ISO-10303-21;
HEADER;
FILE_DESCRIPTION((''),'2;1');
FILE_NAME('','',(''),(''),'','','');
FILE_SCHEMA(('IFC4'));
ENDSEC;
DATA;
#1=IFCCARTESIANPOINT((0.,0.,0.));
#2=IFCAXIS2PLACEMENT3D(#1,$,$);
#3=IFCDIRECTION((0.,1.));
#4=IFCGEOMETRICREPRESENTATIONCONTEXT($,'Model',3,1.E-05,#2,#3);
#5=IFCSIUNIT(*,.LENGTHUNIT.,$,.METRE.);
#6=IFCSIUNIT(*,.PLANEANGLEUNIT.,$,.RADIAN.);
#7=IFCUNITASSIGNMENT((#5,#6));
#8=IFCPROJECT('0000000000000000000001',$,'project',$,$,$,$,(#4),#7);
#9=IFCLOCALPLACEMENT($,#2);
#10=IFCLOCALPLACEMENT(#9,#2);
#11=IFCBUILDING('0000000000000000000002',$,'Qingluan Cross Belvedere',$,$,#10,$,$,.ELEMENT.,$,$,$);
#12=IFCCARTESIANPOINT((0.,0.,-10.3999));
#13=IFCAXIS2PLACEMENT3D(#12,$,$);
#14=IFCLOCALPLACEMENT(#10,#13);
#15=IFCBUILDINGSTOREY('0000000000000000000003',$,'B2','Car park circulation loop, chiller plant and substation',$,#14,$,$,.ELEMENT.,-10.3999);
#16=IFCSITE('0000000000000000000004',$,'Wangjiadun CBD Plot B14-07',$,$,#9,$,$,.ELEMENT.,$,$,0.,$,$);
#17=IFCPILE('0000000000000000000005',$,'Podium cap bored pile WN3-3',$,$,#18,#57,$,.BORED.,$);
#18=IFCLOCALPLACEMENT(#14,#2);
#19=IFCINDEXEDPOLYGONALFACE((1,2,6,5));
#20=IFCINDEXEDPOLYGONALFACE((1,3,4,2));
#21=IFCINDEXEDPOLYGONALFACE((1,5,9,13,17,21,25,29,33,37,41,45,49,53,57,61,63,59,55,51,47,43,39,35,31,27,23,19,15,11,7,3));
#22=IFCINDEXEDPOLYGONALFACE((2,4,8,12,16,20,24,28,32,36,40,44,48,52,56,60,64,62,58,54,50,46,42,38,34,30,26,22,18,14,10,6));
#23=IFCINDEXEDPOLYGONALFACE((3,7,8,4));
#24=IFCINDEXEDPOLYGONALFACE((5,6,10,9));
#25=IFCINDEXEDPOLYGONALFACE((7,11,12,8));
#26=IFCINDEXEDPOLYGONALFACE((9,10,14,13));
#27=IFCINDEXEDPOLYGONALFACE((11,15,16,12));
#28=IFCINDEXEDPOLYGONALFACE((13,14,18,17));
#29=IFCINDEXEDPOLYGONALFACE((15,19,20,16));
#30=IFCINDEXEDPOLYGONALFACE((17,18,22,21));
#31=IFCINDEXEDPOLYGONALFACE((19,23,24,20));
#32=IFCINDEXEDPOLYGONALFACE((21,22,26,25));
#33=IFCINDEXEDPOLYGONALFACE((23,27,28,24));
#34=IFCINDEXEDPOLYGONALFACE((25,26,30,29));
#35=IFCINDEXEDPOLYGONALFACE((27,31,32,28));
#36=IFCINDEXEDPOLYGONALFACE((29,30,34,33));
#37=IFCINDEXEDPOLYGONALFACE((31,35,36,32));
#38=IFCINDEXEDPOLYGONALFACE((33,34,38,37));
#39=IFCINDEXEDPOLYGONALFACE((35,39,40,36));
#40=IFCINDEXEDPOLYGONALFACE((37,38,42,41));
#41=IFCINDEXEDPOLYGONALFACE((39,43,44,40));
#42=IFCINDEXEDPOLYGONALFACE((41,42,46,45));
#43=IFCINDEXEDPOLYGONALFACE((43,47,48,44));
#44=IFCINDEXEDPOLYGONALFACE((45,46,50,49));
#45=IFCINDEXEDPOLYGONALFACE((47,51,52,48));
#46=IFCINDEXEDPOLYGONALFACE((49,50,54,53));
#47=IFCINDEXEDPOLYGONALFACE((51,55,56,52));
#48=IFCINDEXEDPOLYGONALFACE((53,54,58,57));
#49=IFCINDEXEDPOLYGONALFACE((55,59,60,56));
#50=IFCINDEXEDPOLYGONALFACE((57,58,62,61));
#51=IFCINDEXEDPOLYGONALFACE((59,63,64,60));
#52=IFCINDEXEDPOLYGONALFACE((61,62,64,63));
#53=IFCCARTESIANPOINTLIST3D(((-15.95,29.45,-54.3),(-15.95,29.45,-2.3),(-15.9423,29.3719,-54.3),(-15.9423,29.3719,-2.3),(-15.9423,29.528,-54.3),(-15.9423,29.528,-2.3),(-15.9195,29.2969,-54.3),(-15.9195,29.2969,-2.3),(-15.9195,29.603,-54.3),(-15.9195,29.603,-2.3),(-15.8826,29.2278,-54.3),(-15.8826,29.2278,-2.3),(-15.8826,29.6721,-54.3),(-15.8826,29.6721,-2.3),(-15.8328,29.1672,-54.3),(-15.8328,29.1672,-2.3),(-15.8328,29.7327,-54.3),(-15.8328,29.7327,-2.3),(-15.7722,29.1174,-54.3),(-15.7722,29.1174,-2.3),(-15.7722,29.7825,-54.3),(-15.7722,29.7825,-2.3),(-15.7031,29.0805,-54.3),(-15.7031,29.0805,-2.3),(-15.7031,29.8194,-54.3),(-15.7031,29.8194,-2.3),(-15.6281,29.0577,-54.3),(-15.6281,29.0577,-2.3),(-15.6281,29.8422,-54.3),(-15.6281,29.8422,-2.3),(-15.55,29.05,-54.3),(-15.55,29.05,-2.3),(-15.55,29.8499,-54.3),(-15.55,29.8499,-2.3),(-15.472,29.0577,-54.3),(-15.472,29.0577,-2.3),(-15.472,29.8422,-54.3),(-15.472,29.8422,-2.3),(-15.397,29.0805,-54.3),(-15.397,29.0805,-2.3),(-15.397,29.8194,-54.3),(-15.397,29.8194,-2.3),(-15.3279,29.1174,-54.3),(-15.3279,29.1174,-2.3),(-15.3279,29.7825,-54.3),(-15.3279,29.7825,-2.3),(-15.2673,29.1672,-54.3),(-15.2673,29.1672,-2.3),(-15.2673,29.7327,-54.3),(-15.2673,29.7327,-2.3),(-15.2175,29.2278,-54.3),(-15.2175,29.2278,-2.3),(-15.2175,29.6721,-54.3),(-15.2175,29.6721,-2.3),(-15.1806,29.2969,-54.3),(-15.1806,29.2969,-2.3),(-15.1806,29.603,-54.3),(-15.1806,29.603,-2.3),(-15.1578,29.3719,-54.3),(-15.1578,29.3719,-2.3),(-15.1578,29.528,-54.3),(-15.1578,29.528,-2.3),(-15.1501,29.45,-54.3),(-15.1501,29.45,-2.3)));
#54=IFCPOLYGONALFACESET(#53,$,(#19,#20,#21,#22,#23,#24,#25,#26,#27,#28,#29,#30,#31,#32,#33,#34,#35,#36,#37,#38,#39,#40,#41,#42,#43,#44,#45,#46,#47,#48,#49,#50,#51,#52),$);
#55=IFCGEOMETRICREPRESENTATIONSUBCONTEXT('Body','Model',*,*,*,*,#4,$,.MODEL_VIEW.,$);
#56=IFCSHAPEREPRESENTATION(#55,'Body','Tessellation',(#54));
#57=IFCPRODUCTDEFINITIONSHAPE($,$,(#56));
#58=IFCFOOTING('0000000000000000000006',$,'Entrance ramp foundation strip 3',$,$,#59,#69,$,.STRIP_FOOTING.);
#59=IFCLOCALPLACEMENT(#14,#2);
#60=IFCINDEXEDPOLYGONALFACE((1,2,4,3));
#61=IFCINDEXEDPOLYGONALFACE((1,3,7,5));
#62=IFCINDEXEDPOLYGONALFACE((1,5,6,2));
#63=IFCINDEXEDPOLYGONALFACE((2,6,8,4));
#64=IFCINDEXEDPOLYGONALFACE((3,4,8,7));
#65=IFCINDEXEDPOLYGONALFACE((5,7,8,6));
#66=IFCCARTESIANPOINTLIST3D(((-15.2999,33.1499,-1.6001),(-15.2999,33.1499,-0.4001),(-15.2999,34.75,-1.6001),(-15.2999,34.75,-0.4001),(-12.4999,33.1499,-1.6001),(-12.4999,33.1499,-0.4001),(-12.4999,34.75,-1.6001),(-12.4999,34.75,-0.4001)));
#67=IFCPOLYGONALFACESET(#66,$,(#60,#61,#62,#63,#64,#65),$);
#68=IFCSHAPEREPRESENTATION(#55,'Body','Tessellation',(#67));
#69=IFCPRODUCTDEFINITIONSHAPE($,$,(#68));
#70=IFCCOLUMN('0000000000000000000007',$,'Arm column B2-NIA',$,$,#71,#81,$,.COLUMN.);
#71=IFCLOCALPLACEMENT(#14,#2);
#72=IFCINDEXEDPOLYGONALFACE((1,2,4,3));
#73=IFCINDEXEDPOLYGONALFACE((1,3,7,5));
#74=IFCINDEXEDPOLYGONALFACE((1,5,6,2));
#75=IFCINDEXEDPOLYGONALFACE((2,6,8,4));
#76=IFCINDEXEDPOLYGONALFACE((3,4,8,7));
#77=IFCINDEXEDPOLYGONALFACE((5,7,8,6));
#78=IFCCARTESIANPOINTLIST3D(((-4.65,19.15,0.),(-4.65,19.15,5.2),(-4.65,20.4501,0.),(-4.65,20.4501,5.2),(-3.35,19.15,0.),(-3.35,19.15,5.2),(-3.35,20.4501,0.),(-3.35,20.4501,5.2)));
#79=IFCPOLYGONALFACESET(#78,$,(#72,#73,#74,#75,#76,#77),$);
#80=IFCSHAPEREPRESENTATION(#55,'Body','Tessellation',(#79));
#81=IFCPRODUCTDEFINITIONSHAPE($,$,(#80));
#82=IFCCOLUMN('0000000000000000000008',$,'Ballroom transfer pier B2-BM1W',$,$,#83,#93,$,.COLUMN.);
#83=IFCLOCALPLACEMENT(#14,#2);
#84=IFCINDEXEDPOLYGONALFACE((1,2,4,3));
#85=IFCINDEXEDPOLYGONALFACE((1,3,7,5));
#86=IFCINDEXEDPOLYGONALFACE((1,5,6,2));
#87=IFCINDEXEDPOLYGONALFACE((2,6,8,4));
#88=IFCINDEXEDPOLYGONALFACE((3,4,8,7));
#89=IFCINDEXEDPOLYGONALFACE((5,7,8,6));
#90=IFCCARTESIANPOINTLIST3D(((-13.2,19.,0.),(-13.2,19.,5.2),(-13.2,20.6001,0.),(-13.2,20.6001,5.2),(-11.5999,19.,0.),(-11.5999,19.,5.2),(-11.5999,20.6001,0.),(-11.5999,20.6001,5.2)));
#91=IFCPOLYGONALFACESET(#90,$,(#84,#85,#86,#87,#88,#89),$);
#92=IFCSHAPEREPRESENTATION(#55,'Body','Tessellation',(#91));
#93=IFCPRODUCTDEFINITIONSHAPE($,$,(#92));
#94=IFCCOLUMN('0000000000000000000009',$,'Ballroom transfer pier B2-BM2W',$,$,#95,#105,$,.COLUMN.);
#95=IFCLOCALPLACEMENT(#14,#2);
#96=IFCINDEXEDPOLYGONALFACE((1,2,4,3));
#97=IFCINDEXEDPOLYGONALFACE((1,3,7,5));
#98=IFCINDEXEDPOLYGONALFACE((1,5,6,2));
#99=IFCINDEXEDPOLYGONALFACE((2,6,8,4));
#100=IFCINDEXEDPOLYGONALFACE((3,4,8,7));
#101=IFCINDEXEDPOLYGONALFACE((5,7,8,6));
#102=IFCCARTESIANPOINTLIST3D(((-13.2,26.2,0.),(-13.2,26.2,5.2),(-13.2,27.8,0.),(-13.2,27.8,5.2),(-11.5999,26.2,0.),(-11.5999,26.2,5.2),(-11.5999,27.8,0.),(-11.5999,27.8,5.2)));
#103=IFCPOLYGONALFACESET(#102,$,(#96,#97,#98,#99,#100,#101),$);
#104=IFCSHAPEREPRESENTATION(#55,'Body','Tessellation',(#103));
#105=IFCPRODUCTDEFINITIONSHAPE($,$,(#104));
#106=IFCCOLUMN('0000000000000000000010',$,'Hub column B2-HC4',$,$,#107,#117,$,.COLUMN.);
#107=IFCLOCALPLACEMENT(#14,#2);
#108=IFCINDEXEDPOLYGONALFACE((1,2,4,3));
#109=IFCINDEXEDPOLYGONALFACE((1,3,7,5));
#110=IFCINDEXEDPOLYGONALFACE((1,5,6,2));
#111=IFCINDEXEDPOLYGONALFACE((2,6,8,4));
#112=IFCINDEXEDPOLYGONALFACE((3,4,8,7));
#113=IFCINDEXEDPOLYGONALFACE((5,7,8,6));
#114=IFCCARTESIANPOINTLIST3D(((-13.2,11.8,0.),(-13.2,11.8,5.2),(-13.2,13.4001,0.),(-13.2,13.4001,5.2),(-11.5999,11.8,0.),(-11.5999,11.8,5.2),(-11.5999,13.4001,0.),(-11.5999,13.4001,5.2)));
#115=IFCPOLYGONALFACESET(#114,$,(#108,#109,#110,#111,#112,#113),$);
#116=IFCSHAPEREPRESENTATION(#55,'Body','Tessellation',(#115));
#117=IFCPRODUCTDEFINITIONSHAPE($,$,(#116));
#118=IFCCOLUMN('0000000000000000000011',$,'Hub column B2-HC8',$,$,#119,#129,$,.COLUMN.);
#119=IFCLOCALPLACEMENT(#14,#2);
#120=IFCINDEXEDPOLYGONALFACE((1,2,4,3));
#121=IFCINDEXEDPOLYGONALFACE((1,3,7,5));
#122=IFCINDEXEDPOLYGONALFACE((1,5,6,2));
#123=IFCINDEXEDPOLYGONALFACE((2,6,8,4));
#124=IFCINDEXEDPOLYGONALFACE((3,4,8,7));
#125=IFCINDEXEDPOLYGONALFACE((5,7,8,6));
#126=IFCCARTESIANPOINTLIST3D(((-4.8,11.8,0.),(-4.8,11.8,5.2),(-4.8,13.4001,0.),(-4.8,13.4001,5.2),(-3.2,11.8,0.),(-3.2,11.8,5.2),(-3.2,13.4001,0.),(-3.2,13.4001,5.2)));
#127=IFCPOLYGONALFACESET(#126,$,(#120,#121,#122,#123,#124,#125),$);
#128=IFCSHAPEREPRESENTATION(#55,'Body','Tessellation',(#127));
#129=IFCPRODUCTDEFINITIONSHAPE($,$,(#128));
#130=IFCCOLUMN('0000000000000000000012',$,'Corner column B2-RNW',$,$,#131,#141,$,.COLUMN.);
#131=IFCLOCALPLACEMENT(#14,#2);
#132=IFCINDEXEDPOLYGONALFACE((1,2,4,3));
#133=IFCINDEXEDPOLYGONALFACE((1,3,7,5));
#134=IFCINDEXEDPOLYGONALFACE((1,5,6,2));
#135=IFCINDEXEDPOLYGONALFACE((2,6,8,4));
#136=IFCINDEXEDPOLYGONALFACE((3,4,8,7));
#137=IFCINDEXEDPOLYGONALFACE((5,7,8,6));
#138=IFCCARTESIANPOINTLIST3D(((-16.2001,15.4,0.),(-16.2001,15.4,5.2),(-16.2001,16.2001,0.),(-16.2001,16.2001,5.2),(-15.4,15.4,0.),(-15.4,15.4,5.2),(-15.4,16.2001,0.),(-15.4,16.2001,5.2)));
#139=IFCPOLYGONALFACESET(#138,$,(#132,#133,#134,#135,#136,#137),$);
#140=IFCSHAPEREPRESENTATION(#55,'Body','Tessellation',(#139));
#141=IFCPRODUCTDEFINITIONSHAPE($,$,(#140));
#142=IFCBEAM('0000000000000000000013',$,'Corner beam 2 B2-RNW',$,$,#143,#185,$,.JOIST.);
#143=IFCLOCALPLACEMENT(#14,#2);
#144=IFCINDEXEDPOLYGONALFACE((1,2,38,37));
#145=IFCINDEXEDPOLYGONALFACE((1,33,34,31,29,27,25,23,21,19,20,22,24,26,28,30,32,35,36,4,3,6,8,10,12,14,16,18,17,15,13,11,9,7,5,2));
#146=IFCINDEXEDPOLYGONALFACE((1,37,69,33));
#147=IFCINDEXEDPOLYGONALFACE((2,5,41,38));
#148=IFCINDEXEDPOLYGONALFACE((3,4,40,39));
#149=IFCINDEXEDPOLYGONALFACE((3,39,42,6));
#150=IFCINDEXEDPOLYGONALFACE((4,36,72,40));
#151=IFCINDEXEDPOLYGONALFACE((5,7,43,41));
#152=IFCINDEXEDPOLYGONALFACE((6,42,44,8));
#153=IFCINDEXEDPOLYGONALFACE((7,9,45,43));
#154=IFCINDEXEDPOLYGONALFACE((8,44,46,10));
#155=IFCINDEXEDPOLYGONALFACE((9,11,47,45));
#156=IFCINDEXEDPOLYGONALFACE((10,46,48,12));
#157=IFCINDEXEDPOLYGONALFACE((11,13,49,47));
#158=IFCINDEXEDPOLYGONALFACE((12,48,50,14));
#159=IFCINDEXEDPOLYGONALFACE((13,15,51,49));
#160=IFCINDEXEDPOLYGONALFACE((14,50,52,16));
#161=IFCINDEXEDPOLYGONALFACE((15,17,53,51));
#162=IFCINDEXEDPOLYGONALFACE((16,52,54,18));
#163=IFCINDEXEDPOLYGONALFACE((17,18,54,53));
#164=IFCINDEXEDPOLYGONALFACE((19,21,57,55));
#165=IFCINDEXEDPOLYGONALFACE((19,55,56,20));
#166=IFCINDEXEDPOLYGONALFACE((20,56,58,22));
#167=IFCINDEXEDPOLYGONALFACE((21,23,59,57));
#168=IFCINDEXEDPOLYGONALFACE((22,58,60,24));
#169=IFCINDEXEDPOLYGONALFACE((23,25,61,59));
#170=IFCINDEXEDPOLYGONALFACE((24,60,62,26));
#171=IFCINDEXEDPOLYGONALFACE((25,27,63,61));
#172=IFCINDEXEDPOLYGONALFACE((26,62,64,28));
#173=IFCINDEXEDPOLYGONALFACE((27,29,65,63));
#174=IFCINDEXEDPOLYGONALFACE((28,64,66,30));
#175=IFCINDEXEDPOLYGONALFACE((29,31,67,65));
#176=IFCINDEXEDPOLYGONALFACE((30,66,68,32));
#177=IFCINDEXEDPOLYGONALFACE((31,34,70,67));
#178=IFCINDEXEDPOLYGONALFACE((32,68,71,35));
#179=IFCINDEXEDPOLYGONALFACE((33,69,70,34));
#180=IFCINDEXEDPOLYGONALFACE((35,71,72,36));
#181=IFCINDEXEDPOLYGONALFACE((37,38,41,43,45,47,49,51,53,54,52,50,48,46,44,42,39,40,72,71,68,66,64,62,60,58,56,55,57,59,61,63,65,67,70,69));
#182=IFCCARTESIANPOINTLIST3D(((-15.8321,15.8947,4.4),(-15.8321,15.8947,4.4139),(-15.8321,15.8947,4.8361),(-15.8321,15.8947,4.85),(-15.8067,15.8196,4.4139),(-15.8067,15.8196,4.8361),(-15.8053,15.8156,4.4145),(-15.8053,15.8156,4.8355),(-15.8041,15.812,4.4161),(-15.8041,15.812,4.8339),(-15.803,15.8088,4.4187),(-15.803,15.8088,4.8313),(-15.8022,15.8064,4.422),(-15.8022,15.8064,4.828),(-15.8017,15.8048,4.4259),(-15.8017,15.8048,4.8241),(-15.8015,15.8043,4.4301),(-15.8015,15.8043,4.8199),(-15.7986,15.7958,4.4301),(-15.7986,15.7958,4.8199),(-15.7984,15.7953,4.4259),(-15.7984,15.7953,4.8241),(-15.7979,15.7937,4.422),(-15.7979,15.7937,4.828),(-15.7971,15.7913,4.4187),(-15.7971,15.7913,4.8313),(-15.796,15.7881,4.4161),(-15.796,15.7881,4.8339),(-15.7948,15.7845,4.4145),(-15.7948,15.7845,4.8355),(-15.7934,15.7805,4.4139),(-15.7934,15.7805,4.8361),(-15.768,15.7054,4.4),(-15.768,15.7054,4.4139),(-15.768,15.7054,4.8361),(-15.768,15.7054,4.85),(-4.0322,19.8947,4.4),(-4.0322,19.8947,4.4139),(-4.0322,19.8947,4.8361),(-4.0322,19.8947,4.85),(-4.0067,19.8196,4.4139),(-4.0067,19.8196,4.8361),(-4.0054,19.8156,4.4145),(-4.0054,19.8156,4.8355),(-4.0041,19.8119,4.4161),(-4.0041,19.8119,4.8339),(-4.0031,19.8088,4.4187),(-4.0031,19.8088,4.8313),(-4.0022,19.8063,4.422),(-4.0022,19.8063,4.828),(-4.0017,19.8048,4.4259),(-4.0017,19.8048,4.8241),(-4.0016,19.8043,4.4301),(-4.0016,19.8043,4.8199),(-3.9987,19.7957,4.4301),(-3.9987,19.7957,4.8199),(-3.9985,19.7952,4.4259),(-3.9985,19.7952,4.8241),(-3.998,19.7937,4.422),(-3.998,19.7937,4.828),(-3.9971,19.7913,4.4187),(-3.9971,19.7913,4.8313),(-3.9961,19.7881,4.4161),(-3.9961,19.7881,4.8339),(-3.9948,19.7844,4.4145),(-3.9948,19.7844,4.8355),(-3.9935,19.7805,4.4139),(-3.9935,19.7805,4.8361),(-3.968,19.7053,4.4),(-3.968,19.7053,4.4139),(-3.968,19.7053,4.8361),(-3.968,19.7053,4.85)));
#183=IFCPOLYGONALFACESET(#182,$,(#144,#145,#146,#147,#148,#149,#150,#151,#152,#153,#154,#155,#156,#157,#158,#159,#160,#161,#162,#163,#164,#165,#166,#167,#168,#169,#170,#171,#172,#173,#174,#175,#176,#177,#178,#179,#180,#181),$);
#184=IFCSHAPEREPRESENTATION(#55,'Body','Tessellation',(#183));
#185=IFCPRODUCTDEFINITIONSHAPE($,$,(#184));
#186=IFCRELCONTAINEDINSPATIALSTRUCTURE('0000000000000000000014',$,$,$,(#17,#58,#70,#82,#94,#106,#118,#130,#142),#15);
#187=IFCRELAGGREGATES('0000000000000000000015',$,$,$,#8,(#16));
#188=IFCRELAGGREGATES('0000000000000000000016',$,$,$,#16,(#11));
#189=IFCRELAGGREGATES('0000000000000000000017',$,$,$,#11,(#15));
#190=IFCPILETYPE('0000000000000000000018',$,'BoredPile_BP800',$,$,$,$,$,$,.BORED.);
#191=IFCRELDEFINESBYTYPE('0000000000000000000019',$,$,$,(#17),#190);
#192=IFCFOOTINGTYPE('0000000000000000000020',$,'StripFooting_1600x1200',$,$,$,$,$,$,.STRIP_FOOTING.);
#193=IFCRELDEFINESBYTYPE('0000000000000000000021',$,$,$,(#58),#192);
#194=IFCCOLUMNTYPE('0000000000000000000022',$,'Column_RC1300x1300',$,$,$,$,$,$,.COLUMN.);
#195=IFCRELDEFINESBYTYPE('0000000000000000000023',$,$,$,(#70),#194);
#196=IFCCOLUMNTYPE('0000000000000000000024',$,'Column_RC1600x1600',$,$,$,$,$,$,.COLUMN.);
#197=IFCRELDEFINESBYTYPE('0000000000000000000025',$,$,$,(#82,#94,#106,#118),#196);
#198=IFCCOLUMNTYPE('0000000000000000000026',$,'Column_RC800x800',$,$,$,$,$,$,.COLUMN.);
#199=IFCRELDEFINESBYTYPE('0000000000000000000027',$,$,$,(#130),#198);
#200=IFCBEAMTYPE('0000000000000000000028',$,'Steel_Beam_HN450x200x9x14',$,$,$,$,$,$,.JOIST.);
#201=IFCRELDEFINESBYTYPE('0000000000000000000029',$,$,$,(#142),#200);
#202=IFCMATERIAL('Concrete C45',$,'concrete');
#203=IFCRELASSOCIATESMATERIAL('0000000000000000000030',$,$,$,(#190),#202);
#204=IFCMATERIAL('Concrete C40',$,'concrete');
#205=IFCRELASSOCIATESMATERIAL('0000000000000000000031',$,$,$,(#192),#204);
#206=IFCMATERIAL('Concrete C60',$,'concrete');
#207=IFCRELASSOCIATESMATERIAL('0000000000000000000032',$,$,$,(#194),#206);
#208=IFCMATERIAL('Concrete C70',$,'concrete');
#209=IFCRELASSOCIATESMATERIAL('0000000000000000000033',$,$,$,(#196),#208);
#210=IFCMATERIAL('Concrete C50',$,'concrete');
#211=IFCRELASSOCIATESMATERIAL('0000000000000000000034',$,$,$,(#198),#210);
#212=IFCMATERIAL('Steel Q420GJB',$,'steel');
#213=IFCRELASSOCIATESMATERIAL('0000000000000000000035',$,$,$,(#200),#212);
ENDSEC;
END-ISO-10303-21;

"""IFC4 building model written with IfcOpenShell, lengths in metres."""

from ifc_helpers import new_model, si_unit, direction, frame, origin, origin_2d, place, context, subcontext, project, spatial, rectangle, circle, i_section, extrude, material, material_profile, profile_set, type_object, element, save


model = new_model("IFC4")

# Units and contexts
model_context = context("Model", 3, precision=1e-05, world=origin(), true_north=direction((0.0, 1.0)))
body_context = subcontext(model_context, "Body", "Model", "MODEL_VIEW")
ifc_project = project(units=[si_unit("LENGTHUNIT", "METRE"), si_unit("PLANEANGLEUNIT", "RADIAN")], contexts=[model_context])

# Site, building, storey
site_placement = place(None, origin())
site = spatial("IfcSite", under=ifc_project, at=site_placement, Name="Wangjiadun CBD Plot B14-07", CompositionType="ELEMENT", RefElevation=0.0)
building_placement = place(site_placement, origin())
building = spatial("IfcBuilding", under=site, at=building_placement, Name="Qingluan Cross Belvedere", CompositionType="ELEMENT")
storey_placement = place(building_placement, frame((0.0, 0.0, -10.3999)))
storey = spatial("IfcBuildingStorey", under=building, at=storey_placement, Name="B2", Description="Car park circulation loop, chiller plant and substation", CompositionType="ELEMENT", Elevation=-10.3999)

# Pile
ifc_material_1 = material(Name="Concrete C45", Category="concrete")
ifc_material_profile_1 = material_profile(ifc_material_1, circle(Radius=0.3999, at=origin_2d()), Name="BP800")
ifc_profile_set_1 = profile_set([ifc_material_profile_1], Name="Concrete C45")
pile_type_1 = type_object("IfcPileType", Name="BoredPile_BP800", PredefinedType="BORED", material=ifc_profile_set_1)
for number, where, z_axis, x_axis, name in (
    (1, (-15.55, 29.45, -2.3), (0.0, 0.0, -1.0), (1.0, 0.0, 0.0), "Podium cap bored pile WN3-3"),
):
    element("IfcPile", number, at=place(storey_placement, frame(where, z_axis=z_axis, x_axis=x_axis)), inside=storey, type_object=pile_type_1, Name=name, PredefinedType="BORED", context=body_context, shape_type="SweptSolid", body=[
        extrude(circle(Radius=0.3999, at=origin_2d()), origin(), (0.0, 0.0, 1.0), 52.0),
    ])

# Footing
ifc_material_2 = material(Name="Concrete C40", Category="concrete")
footing_type = type_object("IfcFootingType", Name="StripFooting_1600x1200", PredefinedType="STRIP_FOOTING", material=ifc_material_2)
footing_placement = place(storey_placement, frame((-13.8999, 33.95, -1.6001), z_axis=(0.0, 0.0, 1.0), x_axis=(1.0, 0.0, 0.0)))
element("IfcFooting", 2, at=footing_placement, inside=storey, type_object=footing_type, Name="Entrance ramp foundation strip 3", PredefinedType="STRIP_FOOTING", context=body_context, shape_type="SweptSolid", body=[
    extrude(rectangle(XDim=2.8, YDim=1.6001, at=origin_2d()), origin(), (0.0, 0.0, 1.0), 1.2),
])

# Columns
ifc_material_3 = material(Name="Concrete C60", Category="concrete")
ifc_material_profile_2 = material_profile(ifc_material_3, rectangle(XDim=1.3, YDim=1.3, at=origin_2d()), Name="RC1300x1300")
ifc_profile_set_2 = profile_set([ifc_material_profile_2], Name="Concrete C60")
column_type_1 = type_object("IfcColumnType", Name="Column_RC1300x1300", PredefinedType="COLUMN", material=ifc_profile_set_2)
column_1_placement = place(storey_placement, frame((-4.0, 19.8, 0.0), z_axis=(0.0, 0.0, 1.0), x_axis=(1.0, 0.0, 0.0)))
element("IfcColumn", 3, at=column_1_placement, inside=storey, type_object=column_type_1, Name="Arm column B2-NIA", PredefinedType="COLUMN", context=body_context, shape_type="SweptSolid", body=[
    extrude(rectangle(XDim=1.3, YDim=1.3, at=origin_2d()), origin(), (0.0, 0.0, 1.0), 5.2),
])
ifc_material_4 = material(Name="Concrete C70", Category="concrete")
ifc_material_profile_3 = material_profile(ifc_material_4, rectangle(XDim=1.6001, YDim=1.6001, at=origin_2d()), Name="RC1600x1600")
ifc_profile_set_3 = profile_set([ifc_material_profile_3], Name="Concrete C70")
column_type_2 = type_object("IfcColumnType", Name="Column_RC1600x1600", PredefinedType="COLUMN", material=ifc_profile_set_3)
for number, where, z_axis, x_axis, name in (
    (4, (-12.3999, 19.8, 0.0), (0.0, 0.0, 1.0), (1.0, 0.0, 0.0), "Ballroom transfer pier B2-BM1W"),
    (5, (-12.3999, 27.0, 0.0), (0.0, 0.0, 1.0), (1.0, 0.0, 0.0), "Ballroom transfer pier B2-BM2W"),
    (6, (-12.3999, 12.6001, 0.0), (0.0, 0.0, 1.0), (1.0, 0.0, 0.0), "Hub column B2-HC4"),
    (7, (-4.0, 12.6001, 0.0), (0.0, 0.0, 1.0), (1.0, 0.0, 0.0), "Hub column B2-HC8"),
):
    element("IfcColumn", number, at=place(storey_placement, frame(where, z_axis=z_axis, x_axis=x_axis)), inside=storey, type_object=column_type_2, Name=name, PredefinedType="COLUMN", context=body_context, shape_type="SweptSolid", body=[
        extrude(rectangle(XDim=1.6001, YDim=1.6001, at=origin_2d()), origin(), (0.0, 0.0, 1.0), 5.2),
    ])
ifc_material_5 = material(Name="Concrete C50", Category="concrete")
ifc_material_profile_4 = material_profile(ifc_material_5, rectangle(XDim=0.8, YDim=0.8, at=origin_2d()), Name="RC800x800")
ifc_profile_set_4 = profile_set([ifc_material_profile_4], Name="Concrete C50")
column_type_3 = type_object("IfcColumnType", Name="Column_RC800x800", PredefinedType="COLUMN", material=ifc_profile_set_4)
column_2_placement = place(storey_placement, frame((-15.8, 15.8, 0.0), z_axis=(0.0, 0.0, 1.0), x_axis=(1.0, 0.0, 0.0)))
element("IfcColumn", 8, at=column_2_placement, inside=storey, type_object=column_type_3, Name="Corner column B2-RNW", PredefinedType="COLUMN", context=body_context, shape_type="SweptSolid", body=[
    extrude(rectangle(XDim=0.8, YDim=0.8, at=origin_2d()), origin(), (0.0, 0.0, 1.0), 5.2),
])

# Beam
ifc_material_6 = material(Name="Steel Q420GJB", Category="steel")
ifc_material_profile_5 = material_profile(ifc_material_6, i_section(OverallWidth=0.2, OverallDepth=0.45, WebThickness=0.009, FlangeThickness=0.0139, FilletRadius=0.0161, at=origin_2d()), Name="HN450x200x9x14")
ifc_profile_set_5 = profile_set([ifc_material_profile_5], Name="Steel Q420GJB")
beam_type_1 = type_object("IfcBeamType", Name="Steel_Beam_HN450x200x9x14", PredefinedType="JOIST", material=ifc_profile_set_5)
for number, where, z_axis, x_axis, name in (
    (9, (-15.8, 15.8, 4.625), (0.947066, 0.321038, 0.0), (-0.321038, 0.947066, 0.0), "Corner beam 2 B2-RNW"),
):
    element("IfcBeam", number, at=place(storey_placement, frame(where, z_axis=z_axis, x_axis=x_axis)), inside=storey, type_object=beam_type_1, Name=name, PredefinedType="JOIST", context=body_context, shape_type="SweptSolid", body=[
        extrude(i_section(OverallWidth=0.2, OverallDepth=0.45, WebThickness=0.009, FlangeThickness=0.0139, FilletRadius=0.0161, at=origin_2d()), origin(), (0.0, 0.0, 1.0), 12.4595),
    ])

save(model, "model.ifc")
